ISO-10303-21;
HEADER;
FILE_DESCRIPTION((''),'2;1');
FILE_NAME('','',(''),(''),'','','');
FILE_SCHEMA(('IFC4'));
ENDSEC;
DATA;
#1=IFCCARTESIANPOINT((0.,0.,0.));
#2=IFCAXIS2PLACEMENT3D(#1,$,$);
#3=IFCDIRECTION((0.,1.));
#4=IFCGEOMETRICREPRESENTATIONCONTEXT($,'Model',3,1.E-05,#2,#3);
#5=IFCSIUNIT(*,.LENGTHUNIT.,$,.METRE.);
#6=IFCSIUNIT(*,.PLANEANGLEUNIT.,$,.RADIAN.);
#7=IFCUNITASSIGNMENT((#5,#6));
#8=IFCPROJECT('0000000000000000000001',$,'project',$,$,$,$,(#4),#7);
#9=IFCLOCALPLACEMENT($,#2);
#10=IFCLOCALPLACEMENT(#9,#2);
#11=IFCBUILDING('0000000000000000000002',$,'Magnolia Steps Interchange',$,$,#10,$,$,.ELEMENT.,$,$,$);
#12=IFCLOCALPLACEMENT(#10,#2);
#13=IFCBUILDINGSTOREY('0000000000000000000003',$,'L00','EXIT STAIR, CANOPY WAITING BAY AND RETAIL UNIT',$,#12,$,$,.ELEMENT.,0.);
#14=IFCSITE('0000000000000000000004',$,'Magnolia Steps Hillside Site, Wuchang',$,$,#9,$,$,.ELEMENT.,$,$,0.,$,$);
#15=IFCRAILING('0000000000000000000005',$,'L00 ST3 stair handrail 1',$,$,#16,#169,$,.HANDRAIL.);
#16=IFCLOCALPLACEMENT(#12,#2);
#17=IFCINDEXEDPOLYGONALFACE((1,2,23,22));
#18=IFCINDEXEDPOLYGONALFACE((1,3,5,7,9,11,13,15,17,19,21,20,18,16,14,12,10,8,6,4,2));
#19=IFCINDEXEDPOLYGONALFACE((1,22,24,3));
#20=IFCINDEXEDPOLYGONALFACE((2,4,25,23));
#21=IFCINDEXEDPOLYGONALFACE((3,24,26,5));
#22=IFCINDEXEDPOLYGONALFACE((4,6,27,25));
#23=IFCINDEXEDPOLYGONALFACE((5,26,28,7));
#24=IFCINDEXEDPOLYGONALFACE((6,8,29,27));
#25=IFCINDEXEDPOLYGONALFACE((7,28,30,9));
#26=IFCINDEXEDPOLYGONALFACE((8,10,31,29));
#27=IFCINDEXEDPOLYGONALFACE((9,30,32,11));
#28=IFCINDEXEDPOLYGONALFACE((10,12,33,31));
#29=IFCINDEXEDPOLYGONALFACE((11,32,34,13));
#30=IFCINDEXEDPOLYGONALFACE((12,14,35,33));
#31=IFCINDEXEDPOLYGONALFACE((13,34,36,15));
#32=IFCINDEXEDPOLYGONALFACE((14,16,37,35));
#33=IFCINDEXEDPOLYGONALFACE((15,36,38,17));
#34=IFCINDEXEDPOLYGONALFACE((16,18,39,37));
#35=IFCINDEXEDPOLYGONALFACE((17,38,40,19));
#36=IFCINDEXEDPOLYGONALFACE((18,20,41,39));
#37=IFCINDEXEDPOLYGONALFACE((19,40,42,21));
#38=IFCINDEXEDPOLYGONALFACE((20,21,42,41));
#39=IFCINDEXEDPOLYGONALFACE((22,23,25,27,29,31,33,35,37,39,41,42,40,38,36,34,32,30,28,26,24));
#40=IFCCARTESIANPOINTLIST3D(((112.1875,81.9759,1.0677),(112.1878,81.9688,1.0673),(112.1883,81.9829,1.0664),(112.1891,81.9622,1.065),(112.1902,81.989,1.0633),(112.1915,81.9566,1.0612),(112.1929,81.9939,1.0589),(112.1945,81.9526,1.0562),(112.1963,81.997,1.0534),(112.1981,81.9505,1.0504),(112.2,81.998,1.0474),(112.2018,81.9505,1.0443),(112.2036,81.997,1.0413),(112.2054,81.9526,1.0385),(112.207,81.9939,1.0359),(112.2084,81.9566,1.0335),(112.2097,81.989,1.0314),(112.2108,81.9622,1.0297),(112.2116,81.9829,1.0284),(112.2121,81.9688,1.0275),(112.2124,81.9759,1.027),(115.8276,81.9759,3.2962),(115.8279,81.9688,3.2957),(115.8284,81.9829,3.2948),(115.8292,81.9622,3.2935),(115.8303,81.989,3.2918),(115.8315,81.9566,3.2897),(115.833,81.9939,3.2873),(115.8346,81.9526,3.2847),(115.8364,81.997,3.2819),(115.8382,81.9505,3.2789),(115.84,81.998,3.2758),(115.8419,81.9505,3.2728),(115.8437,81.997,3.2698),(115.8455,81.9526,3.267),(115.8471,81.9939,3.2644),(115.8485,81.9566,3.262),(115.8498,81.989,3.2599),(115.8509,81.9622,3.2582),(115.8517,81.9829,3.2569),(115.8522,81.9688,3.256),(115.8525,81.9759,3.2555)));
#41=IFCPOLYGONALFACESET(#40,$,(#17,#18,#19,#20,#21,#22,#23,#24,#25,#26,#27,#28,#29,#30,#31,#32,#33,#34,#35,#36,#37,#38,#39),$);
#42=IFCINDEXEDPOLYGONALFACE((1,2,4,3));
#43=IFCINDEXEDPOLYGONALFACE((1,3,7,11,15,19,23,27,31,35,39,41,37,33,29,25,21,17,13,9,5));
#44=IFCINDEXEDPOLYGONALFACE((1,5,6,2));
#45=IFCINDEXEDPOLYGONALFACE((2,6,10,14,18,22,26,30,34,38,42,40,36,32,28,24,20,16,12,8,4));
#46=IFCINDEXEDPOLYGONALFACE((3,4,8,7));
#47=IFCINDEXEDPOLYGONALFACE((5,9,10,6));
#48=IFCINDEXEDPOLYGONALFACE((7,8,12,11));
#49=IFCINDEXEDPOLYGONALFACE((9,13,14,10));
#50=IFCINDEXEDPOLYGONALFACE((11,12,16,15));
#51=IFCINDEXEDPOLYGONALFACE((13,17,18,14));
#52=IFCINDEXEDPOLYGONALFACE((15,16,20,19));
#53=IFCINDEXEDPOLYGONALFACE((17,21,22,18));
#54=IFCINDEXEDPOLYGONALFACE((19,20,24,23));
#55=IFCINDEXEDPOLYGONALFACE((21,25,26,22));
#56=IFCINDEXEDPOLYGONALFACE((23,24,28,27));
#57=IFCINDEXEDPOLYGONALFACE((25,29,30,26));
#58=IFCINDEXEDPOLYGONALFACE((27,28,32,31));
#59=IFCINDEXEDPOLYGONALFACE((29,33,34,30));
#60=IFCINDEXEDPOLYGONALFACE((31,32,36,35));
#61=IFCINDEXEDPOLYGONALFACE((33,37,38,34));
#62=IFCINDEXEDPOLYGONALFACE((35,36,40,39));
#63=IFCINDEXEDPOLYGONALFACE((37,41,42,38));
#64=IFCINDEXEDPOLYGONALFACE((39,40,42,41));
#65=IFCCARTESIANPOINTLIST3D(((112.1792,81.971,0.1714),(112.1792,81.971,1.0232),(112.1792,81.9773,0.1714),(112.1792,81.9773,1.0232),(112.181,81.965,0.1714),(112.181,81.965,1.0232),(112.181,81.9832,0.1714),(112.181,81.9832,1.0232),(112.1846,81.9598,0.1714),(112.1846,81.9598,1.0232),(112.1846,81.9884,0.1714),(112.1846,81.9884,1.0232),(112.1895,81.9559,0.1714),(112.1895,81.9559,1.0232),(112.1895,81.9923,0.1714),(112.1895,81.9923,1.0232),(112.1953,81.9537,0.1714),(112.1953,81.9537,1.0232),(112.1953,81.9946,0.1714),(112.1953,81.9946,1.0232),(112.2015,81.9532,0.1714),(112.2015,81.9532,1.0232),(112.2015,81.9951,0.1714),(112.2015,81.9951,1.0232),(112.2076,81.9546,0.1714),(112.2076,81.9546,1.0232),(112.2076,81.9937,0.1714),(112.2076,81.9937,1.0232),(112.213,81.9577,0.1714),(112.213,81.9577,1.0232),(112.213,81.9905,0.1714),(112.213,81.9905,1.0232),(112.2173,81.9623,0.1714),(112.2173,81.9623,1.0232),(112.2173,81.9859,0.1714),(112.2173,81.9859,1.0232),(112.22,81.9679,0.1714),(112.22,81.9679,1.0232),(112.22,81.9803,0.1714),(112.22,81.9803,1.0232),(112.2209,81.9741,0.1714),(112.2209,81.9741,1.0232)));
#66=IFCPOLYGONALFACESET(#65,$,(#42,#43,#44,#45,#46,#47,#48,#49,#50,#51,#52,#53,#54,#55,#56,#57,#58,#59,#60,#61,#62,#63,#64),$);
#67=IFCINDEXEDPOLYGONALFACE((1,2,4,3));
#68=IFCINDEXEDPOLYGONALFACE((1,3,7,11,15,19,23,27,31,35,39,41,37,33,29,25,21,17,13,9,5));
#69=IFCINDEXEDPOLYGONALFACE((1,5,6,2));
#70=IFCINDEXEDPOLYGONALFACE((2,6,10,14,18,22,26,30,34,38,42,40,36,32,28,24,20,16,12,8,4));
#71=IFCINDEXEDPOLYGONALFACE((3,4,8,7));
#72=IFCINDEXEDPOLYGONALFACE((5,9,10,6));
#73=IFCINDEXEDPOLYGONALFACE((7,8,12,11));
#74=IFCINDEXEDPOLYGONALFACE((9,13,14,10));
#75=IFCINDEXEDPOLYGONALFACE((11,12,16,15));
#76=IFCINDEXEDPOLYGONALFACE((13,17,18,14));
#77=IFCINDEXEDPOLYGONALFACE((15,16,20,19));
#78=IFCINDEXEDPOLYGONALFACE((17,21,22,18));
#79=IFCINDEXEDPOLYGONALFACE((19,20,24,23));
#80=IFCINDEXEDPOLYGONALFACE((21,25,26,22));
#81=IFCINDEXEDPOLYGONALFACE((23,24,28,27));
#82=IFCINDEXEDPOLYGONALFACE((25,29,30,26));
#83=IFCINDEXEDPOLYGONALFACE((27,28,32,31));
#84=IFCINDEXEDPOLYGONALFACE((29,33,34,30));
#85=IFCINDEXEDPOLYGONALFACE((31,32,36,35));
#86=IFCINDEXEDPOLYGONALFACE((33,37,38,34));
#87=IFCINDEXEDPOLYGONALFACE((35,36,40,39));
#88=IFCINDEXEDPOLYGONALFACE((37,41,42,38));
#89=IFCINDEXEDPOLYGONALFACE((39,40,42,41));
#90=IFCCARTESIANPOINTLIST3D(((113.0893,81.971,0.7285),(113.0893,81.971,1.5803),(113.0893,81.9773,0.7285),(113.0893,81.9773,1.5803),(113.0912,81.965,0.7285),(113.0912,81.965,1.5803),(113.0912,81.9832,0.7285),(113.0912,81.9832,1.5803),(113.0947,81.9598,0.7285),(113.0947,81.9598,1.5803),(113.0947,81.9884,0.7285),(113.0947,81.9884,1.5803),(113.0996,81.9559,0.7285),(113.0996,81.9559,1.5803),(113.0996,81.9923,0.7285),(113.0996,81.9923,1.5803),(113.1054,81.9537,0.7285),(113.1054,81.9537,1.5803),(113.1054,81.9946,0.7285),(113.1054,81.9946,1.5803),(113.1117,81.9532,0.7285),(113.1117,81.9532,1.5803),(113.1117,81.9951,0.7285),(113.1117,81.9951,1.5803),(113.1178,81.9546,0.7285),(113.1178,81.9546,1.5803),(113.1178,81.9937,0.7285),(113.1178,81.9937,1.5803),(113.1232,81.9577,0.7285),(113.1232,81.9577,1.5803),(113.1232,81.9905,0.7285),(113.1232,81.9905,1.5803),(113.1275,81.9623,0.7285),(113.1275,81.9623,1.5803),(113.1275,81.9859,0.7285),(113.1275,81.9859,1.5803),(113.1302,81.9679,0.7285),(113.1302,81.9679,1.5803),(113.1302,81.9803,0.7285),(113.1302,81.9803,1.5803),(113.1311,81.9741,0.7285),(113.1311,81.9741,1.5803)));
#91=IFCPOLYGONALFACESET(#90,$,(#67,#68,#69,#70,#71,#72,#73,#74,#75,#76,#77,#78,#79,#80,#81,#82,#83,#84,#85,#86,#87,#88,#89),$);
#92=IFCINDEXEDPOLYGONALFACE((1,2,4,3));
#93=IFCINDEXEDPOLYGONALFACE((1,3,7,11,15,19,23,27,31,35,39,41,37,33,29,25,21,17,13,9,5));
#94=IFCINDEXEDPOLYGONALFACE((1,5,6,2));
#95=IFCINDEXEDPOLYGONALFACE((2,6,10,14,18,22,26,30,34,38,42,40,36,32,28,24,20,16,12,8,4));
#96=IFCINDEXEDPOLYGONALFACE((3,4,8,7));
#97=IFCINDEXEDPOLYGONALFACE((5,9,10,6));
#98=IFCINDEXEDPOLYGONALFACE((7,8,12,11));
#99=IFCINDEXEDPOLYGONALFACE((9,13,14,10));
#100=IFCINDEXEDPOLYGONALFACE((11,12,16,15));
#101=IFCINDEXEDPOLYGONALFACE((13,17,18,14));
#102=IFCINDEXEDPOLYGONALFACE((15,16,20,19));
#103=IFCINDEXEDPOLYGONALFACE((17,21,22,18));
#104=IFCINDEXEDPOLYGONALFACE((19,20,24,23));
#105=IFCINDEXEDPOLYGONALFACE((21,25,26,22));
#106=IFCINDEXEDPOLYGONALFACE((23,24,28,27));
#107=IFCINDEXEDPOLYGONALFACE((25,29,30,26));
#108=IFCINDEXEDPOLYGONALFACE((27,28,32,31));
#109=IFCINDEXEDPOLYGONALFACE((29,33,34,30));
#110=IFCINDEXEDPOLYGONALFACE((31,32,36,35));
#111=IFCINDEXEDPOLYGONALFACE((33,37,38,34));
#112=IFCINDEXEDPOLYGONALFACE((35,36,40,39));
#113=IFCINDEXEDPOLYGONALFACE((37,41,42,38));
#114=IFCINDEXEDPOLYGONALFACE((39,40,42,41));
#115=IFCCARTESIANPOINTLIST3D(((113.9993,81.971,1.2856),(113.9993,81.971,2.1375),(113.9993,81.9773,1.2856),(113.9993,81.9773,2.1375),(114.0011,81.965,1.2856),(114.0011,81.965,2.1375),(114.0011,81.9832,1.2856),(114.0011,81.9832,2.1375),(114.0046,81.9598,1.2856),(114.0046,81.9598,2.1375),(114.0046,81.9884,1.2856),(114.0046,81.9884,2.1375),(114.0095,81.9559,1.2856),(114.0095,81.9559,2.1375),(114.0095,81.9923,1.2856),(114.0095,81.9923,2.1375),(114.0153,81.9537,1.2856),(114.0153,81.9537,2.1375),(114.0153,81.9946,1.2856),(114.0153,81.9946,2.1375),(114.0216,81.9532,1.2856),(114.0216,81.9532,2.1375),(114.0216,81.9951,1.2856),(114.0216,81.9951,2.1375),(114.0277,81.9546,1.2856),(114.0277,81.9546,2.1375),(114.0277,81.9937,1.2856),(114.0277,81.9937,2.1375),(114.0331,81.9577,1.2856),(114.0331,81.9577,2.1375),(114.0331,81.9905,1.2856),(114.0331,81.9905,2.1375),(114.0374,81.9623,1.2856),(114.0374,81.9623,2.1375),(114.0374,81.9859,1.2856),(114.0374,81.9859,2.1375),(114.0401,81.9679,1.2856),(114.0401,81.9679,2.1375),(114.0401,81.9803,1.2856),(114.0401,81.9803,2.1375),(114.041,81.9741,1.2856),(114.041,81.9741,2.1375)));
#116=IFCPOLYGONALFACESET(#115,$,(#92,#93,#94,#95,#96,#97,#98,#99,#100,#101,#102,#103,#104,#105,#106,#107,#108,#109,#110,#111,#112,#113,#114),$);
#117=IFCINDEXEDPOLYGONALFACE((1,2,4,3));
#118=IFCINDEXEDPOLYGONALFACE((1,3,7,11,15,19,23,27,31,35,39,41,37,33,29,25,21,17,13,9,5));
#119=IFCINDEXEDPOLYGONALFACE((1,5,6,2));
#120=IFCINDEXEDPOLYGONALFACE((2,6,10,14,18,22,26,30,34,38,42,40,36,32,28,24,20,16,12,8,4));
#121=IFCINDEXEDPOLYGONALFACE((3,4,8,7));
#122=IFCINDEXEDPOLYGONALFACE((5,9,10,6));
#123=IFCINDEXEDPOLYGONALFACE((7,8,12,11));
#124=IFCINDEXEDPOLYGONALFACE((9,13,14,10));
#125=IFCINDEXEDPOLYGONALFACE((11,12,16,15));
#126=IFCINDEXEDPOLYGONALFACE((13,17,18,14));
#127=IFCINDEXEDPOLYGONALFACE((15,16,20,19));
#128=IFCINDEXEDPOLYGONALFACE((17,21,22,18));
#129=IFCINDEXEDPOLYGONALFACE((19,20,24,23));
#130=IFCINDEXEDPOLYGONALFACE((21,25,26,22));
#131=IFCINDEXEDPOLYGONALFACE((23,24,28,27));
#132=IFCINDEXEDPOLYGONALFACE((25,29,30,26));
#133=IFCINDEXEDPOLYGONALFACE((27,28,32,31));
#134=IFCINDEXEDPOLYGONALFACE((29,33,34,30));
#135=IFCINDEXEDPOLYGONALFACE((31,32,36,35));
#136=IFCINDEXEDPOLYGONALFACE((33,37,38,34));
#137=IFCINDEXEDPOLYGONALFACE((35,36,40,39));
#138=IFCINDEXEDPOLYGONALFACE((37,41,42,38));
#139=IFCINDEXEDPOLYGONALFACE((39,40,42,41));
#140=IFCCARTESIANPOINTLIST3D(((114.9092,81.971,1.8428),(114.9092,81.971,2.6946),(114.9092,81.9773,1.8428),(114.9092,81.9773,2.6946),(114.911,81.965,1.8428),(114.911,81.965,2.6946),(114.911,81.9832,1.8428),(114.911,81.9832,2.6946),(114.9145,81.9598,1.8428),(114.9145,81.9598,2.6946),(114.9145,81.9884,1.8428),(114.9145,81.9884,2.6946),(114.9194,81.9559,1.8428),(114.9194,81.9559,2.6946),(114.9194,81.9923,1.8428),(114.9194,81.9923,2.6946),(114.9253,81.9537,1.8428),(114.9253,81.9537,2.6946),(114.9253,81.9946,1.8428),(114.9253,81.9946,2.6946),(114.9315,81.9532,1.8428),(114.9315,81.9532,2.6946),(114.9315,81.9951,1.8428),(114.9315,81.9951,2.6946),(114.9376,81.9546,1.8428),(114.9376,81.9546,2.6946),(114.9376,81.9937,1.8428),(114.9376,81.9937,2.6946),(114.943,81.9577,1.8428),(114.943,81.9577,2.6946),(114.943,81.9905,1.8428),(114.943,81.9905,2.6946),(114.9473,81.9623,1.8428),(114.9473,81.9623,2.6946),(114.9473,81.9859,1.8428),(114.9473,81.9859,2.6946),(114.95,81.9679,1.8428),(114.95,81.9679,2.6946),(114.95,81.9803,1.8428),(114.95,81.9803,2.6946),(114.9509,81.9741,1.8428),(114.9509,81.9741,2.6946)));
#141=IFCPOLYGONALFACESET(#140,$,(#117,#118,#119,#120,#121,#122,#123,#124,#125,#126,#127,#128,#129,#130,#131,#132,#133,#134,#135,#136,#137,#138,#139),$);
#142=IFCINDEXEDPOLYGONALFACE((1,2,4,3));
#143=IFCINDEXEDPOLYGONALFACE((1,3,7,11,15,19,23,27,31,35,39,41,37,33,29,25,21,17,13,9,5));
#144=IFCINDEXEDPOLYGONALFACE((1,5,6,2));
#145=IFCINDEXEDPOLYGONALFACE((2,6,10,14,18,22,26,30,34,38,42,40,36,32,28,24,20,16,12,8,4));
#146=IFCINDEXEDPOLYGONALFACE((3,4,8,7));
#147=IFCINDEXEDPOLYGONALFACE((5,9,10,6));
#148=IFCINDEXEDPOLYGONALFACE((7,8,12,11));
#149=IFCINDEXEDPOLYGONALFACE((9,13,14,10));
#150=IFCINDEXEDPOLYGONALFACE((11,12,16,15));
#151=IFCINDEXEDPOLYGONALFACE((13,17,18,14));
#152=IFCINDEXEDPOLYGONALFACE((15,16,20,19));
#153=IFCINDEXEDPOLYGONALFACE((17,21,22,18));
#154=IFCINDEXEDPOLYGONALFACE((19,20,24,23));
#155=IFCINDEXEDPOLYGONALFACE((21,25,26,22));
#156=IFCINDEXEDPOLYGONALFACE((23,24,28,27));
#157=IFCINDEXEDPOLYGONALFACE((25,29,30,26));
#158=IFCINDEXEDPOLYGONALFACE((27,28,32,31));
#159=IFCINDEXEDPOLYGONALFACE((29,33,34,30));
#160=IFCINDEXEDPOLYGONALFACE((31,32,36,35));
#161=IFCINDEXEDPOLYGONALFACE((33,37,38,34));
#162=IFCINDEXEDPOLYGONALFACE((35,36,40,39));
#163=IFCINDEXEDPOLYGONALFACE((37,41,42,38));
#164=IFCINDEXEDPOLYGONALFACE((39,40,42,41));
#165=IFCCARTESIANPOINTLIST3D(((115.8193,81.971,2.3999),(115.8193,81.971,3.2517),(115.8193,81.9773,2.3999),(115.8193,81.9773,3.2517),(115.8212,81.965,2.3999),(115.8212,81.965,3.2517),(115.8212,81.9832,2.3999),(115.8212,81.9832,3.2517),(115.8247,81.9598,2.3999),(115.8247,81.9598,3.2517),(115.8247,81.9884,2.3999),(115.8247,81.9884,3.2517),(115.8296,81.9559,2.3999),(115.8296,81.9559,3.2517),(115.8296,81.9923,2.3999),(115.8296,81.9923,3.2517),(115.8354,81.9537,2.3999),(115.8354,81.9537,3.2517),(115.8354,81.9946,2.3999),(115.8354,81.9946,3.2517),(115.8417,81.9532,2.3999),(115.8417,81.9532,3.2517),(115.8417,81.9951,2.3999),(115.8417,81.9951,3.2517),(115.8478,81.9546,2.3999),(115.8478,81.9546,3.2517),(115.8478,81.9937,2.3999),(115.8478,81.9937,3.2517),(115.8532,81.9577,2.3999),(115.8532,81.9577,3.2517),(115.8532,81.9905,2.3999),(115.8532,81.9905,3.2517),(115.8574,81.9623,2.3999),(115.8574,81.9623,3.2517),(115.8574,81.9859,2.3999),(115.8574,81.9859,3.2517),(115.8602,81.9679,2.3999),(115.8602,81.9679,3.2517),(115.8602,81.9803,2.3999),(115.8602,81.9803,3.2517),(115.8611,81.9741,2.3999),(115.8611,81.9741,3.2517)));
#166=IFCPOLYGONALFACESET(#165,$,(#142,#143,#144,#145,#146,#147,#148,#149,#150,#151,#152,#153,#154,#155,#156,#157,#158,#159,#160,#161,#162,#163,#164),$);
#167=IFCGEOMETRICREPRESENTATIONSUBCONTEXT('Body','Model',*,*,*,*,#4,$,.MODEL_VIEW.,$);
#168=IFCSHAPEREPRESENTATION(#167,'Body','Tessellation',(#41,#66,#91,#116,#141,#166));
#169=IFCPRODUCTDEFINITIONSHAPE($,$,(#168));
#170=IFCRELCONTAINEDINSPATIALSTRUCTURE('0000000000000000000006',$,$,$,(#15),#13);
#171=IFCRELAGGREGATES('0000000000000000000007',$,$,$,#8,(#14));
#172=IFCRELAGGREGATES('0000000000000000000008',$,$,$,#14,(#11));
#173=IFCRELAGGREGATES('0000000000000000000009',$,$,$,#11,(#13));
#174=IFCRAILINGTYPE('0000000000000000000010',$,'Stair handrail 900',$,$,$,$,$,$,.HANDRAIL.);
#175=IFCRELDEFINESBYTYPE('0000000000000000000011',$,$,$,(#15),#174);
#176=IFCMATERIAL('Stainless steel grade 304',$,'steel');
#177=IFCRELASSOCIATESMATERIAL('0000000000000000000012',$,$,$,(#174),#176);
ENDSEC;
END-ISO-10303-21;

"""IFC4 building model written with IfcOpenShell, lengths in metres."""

from ifc_helpers import new_model, si_unit, direction, frame, origin, origin_2d, place, context, subcontext, project, spatial, circle, extrude, material, type_object, element, save


model = new_model("IFC4")

# Units and contexts
model_context = context("Model", 3, precision=1e-05, world=origin(), true_north=direction((0.0, 1.0)))
body_context = subcontext(model_context, "Body", "Model", "MODEL_VIEW")
ifc_project = project(units=[si_unit("LENGTHUNIT", "METRE"), si_unit("PLANEANGLEUNIT", "RADIAN")], contexts=[model_context])

# Site, building, storey
site_placement = place(None, origin())
site = spatial("IfcSite", under=ifc_project, at=site_placement, Name="Magnolia Steps Hillside Site, Wuchang", CompositionType="ELEMENT", RefElevation=0.0)
building_placement = place(site_placement, origin())
building = spatial("IfcBuilding", under=site, at=building_placement, Name="Magnolia Steps Interchange", CompositionType="ELEMENT")
storey_placement = place(building_placement, origin())
storey = spatial("IfcBuildingStorey", under=building, at=storey_placement, Name="L00", Description="EXIT STAIR, CANOPY WAITING BAY AND RETAIL UNIT", CompositionType="ELEMENT", Elevation=0.0)

# Railing
ifc_material_1 = material(Name="Stainless steel grade 304", Category="steel")
railing_type_1 = type_object("IfcRailingType", Name="Stair handrail 900", PredefinedType="HANDRAIL", material=ifc_material_1)
for number, where, name in (
    (1, (112.2, 81.9741, 0.1714), "L00 ST3 stair handrail 1"),
):
    element("IfcRailing", number, at=place(storey_placement, frame(where)), inside=storey, type_object=railing_type_1, Name=name, PredefinedType="HANDRAIL", context=body_context, shape_type="SweptSolid", body=[
        extrude(circle(Radius=0.0239, at=origin_2d()), frame((0.0, 0.0, 0.876), z_axis=(0.852866, 0.0, 0.52213), x_axis=(0.0, 1.0, 0.0)), (0.0, 0.0, 1.0), 4.2681),
        extrude(circle(Radius=0.021, at=origin_2d()), origin(), (0.0, 0.0, 1.0), 0.8518),
        extrude(circle(Radius=0.021, at=origin_2d()), frame((0.9102, 0.0, 0.5571)), (0.0, 0.0, 1.0), 0.8518),
        extrude(circle(Radius=0.021, at=origin_2d()), frame((1.8201, 0.0, 1.1143)), (0.0, 0.0, 1.0), 0.8518),
        extrude(circle(Radius=0.021, at=origin_2d()), frame((2.73, 0.0, 1.6714)), (0.0, 0.0, 1.0), 0.8518),
        extrude(circle(Radius=0.021, at=origin_2d()), frame((3.6401, 0.0, 2.2285)), (0.0, 0.0, 1.0), 0.8518),
    ])

save(model, "model.ifc")
